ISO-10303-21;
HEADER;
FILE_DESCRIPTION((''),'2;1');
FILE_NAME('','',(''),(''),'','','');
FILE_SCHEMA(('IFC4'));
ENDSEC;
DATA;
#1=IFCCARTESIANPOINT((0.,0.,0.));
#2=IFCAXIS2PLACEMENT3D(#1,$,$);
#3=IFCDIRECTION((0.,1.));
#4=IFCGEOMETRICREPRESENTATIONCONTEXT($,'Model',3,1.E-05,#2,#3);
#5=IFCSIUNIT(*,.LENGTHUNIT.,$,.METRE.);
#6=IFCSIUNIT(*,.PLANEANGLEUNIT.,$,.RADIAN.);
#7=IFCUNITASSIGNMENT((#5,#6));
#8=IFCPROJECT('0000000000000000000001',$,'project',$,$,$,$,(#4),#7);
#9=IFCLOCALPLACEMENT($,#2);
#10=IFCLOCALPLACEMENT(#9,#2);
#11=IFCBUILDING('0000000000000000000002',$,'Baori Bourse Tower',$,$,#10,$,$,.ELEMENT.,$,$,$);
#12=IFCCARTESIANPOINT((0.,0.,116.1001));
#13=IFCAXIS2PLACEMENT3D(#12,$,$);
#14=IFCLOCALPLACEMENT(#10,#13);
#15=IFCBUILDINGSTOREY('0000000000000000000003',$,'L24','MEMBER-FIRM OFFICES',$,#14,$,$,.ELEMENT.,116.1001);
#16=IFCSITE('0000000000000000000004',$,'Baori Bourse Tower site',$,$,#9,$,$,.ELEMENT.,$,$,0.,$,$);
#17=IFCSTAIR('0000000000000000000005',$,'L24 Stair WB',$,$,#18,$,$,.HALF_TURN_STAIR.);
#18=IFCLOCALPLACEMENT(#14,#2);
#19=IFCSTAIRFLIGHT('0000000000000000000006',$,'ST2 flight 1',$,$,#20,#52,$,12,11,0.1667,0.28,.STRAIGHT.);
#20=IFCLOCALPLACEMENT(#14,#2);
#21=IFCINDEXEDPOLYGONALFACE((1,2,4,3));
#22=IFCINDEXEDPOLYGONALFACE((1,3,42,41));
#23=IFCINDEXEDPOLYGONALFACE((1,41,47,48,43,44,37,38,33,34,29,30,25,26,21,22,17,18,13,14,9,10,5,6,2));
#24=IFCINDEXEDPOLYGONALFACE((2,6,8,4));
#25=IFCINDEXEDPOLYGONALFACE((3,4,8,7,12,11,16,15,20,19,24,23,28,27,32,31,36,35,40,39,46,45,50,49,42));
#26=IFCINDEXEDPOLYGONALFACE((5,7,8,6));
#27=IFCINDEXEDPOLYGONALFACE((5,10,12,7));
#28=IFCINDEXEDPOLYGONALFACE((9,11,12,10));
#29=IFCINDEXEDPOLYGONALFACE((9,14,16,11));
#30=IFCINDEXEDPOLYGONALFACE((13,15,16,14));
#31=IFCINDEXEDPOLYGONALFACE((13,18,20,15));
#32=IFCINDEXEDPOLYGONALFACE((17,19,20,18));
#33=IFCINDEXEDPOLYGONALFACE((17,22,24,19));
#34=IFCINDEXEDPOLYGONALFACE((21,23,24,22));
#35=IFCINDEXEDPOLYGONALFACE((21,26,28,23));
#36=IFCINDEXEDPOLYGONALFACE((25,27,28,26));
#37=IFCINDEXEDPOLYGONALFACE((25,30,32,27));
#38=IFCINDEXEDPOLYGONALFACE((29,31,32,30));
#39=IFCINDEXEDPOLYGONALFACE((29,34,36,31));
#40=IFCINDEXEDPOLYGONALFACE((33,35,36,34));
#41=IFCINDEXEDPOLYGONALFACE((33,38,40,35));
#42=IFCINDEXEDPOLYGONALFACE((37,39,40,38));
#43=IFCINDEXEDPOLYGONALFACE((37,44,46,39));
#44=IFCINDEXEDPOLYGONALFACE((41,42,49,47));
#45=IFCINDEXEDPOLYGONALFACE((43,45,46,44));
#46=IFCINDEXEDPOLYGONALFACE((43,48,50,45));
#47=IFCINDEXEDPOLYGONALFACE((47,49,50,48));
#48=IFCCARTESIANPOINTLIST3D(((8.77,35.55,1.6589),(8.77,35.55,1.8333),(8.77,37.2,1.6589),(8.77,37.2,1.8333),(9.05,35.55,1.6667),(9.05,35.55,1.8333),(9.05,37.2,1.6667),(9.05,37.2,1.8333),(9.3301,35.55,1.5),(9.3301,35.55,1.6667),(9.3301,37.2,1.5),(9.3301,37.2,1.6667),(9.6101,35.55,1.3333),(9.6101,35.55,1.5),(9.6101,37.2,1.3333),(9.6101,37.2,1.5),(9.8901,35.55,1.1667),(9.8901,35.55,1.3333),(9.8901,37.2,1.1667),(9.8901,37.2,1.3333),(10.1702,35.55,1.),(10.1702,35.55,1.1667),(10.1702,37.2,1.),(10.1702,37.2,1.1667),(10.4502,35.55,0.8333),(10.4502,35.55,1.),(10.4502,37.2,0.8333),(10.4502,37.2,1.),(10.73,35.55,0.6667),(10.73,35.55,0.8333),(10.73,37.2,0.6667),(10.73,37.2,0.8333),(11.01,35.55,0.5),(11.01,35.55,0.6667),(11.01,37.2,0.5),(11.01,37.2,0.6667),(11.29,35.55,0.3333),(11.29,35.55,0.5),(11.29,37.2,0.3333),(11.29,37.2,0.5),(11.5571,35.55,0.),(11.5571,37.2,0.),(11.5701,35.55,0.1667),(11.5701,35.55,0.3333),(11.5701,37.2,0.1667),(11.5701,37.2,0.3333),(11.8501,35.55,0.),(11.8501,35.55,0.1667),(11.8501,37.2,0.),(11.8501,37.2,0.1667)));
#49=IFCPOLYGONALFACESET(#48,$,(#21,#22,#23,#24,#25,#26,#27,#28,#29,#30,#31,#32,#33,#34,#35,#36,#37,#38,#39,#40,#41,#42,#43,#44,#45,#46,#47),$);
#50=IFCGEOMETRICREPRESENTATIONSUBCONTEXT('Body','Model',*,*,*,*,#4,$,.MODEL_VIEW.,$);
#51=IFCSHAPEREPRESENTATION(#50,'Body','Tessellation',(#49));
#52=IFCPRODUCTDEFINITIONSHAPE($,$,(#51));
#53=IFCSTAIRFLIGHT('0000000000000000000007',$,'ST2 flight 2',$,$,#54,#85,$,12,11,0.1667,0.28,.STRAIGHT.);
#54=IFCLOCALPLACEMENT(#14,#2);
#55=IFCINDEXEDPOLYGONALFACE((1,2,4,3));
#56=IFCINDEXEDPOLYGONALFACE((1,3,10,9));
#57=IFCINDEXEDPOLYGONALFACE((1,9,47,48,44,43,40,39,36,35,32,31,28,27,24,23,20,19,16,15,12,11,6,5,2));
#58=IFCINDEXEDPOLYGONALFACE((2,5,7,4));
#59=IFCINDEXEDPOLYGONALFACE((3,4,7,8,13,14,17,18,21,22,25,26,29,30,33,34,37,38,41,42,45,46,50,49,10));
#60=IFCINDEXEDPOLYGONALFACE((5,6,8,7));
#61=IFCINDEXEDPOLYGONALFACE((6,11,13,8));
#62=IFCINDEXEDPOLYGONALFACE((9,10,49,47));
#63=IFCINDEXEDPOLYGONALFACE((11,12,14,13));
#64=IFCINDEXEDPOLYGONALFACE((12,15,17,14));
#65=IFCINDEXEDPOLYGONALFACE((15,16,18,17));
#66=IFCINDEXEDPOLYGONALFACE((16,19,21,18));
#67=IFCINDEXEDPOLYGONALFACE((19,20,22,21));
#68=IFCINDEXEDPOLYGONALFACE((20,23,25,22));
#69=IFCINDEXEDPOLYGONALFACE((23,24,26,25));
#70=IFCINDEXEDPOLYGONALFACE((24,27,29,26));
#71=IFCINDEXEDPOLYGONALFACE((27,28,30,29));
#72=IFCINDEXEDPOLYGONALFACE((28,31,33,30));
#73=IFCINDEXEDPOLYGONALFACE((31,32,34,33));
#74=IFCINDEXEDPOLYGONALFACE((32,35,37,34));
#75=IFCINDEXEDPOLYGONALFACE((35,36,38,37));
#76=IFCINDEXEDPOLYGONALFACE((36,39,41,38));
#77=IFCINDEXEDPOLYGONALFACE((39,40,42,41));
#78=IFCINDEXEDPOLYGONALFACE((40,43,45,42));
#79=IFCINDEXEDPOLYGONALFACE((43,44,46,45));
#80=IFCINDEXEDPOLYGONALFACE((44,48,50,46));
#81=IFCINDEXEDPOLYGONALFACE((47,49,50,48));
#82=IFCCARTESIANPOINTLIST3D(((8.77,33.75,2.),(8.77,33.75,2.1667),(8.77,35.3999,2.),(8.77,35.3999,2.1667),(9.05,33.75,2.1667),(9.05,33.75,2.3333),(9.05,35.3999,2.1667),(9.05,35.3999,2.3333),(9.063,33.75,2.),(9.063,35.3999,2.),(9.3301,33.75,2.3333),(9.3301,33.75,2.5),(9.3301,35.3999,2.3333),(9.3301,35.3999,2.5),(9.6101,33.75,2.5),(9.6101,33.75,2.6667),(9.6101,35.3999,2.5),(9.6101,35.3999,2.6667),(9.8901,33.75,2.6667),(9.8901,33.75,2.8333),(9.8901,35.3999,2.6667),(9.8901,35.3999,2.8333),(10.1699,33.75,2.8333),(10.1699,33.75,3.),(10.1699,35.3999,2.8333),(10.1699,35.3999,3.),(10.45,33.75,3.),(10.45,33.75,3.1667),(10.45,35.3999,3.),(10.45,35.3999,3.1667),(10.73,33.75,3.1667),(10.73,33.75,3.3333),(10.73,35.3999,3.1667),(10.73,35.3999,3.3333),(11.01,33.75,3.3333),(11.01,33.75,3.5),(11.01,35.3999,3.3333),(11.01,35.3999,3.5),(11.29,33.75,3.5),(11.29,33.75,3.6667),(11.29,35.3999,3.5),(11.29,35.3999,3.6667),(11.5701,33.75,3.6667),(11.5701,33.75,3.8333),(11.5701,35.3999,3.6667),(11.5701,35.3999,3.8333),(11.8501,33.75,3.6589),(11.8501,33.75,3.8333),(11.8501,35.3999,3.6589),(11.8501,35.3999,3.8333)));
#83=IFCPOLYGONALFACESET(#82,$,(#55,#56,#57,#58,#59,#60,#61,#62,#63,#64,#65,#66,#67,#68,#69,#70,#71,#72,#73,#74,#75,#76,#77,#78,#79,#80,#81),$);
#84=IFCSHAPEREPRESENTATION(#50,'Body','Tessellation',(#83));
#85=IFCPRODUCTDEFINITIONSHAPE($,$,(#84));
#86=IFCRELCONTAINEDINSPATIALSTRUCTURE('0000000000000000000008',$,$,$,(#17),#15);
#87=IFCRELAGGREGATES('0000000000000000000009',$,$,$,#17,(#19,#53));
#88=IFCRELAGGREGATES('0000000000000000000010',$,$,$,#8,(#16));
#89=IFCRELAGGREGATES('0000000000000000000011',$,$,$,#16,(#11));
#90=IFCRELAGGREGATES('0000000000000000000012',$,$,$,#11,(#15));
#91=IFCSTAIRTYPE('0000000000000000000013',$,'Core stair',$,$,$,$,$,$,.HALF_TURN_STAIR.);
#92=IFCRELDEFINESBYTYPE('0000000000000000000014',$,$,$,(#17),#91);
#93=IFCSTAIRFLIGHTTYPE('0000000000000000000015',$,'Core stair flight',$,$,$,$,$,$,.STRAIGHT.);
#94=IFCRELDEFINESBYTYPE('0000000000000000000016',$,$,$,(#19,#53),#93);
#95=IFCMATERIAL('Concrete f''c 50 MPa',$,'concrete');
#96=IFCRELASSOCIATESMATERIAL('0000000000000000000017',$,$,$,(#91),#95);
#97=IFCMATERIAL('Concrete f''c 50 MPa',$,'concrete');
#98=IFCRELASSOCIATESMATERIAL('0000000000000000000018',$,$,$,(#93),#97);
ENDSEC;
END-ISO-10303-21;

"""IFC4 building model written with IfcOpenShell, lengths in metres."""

from ifc_helpers import new_model, si_unit, direction, frame, origin, place, context, subcontext, project, spatial, polyline, outline, extrude, material, type_object, element, aggregate, save


model = new_model("IFC4")

# Units and contexts
model_context = context("Model", 3, precision=1e-05, world=origin(), true_north=direction((0.0, 1.0)))
body_context = subcontext(model_context, "Body", "Model", "MODEL_VIEW")
ifc_project = project(units=[si_unit("LENGTHUNIT", "METRE"), si_unit("PLANEANGLEUNIT", "RADIAN")], contexts=[model_context])

# Site, building, storey
site_placement = place(None, origin())
site = spatial("IfcSite", under=ifc_project, at=site_placement, Name="Baori Bourse Tower site", CompositionType="ELEMENT", RefElevation=0.0)
building_placement = place(site_placement, origin())
building = spatial("IfcBuilding", under=site, at=building_placement, Name="Baori Bourse Tower", CompositionType="ELEMENT")
storey_placement = place(building_placement, frame((0.0, 0.0, 116.1001)))
storey = spatial("IfcBuildingStorey", under=building, at=storey_placement, Name="L24", Description="MEMBER-FIRM OFFICES", CompositionType="ELEMENT", Elevation=116.1001)

# Stair, stair flights
ifc_material_1 = material(Name="Concrete f'c 50 MPa", Category="concrete")
stair_type = type_object("IfcStairType", Name="Core stair", PredefinedType="HALF_TURN_STAIR", material=ifc_material_1)
stair_placement = place(storey_placement, origin())
stair = element("IfcStair", 1, at=stair_placement, inside=storey, type_object=stair_type, Name="L24 Stair WB", PredefinedType="HALF_TURN_STAIR")
ifc_material_2 = material(Name="Concrete f'c 50 MPa", Category="concrete")
stair_flight_type = type_object("IfcStairFlightType", Name="Core stair flight", PredefinedType="STRAIGHT", material=ifc_material_2)
stair_flight_1_placement = place(storey_placement, frame((11.8501, 36.375, 0.0), z_axis=(0.0, 0.0, 1.0), x_axis=(-1.0, 0.0, 0.0)))
stair_flight_1 = element("IfcStairFlight", 2, at=stair_flight_1_placement, type_object=stair_flight_type, Name="ST2 flight 1", NumberOfRisers=12, NumberOfTreads=11, PredefinedType="STRAIGHT", RiserHeight=0.1667, TreadLength=0.28, context=body_context, shape_type="SweptSolid", body=[
    extrude(outline(polyline([(0.0, 0.0), (0.0, 0.1667), (0.28, 0.1667), (0.28, 0.3333), (0.5601, 0.3333), (0.5601, 0.5), (0.8401, 0.5), (0.8401, 0.6667), (1.1201, 0.6667), (1.1201, 0.8333), (1.3999, 0.8333), (1.3999, 1.0), (1.6799, 1.0), (1.6799, 1.1667), (1.96, 1.1667), (1.96, 1.3333), (2.24, 1.3333), (2.24, 1.5), (2.52, 1.5), (2.52, 1.6667), (2.8, 1.6667), (2.8, 1.8333), (3.0801, 1.8333), (3.0801, 2.0), (3.0801, 1.6589), (0.293, 0.0), (0.0, 0.0)])), frame((0.0, 0.825, 0.0), z_axis=(0.0, -1.0, 0.0), x_axis=(1.0, 0.0, 0.0)), (0.0, 0.0, 1.0), 1.6499),
])
stair_flight_2_placement = place(storey_placement, frame((8.77, 34.575, 2.0), z_axis=(0.0, 0.0, 1.0), x_axis=(1.0, 0.0, 0.0)))
stair_flight_2 = element("IfcStairFlight", 3, at=stair_flight_2_placement, type_object=stair_flight_type, Name="ST2 flight 2", NumberOfRisers=12, NumberOfTreads=11, PredefinedType="STRAIGHT", RiserHeight=0.1667, TreadLength=0.28, context=body_context, shape_type="SweptSolid", body=[
    extrude(outline(polyline([(0.0, 0.0), (0.0, 0.1667), (0.28, 0.1667), (0.28, 0.3333), (0.5601, 0.3333), (0.5601, 0.5), (0.8401, 0.5), (0.8401, 0.6667), (1.1201, 0.6667), (1.1201, 0.8333), (1.3999, 0.8333), (1.3999, 1.0), (1.6799, 1.0), (1.6799, 1.1667), (1.96, 1.1667), (1.96, 1.3333), (2.24, 1.3333), (2.24, 1.5), (2.52, 1.5), (2.52, 1.6667), (2.8, 1.6667), (2.8, 1.8333), (3.0801, 1.8333), (3.0801, 2.0), (3.0801, 1.6589), (0.293, 0.0), (0.0, 0.0)])), frame((0.0, 0.825, 0.0), z_axis=(0.0, -1.0, 0.0), x_axis=(1.0, 0.0, 0.0)), (0.0, 0.0, 1.0), 1.6499),
])
aggregate(stair, [stair_flight_1, stair_flight_2])

save(model, "model.ifc")
